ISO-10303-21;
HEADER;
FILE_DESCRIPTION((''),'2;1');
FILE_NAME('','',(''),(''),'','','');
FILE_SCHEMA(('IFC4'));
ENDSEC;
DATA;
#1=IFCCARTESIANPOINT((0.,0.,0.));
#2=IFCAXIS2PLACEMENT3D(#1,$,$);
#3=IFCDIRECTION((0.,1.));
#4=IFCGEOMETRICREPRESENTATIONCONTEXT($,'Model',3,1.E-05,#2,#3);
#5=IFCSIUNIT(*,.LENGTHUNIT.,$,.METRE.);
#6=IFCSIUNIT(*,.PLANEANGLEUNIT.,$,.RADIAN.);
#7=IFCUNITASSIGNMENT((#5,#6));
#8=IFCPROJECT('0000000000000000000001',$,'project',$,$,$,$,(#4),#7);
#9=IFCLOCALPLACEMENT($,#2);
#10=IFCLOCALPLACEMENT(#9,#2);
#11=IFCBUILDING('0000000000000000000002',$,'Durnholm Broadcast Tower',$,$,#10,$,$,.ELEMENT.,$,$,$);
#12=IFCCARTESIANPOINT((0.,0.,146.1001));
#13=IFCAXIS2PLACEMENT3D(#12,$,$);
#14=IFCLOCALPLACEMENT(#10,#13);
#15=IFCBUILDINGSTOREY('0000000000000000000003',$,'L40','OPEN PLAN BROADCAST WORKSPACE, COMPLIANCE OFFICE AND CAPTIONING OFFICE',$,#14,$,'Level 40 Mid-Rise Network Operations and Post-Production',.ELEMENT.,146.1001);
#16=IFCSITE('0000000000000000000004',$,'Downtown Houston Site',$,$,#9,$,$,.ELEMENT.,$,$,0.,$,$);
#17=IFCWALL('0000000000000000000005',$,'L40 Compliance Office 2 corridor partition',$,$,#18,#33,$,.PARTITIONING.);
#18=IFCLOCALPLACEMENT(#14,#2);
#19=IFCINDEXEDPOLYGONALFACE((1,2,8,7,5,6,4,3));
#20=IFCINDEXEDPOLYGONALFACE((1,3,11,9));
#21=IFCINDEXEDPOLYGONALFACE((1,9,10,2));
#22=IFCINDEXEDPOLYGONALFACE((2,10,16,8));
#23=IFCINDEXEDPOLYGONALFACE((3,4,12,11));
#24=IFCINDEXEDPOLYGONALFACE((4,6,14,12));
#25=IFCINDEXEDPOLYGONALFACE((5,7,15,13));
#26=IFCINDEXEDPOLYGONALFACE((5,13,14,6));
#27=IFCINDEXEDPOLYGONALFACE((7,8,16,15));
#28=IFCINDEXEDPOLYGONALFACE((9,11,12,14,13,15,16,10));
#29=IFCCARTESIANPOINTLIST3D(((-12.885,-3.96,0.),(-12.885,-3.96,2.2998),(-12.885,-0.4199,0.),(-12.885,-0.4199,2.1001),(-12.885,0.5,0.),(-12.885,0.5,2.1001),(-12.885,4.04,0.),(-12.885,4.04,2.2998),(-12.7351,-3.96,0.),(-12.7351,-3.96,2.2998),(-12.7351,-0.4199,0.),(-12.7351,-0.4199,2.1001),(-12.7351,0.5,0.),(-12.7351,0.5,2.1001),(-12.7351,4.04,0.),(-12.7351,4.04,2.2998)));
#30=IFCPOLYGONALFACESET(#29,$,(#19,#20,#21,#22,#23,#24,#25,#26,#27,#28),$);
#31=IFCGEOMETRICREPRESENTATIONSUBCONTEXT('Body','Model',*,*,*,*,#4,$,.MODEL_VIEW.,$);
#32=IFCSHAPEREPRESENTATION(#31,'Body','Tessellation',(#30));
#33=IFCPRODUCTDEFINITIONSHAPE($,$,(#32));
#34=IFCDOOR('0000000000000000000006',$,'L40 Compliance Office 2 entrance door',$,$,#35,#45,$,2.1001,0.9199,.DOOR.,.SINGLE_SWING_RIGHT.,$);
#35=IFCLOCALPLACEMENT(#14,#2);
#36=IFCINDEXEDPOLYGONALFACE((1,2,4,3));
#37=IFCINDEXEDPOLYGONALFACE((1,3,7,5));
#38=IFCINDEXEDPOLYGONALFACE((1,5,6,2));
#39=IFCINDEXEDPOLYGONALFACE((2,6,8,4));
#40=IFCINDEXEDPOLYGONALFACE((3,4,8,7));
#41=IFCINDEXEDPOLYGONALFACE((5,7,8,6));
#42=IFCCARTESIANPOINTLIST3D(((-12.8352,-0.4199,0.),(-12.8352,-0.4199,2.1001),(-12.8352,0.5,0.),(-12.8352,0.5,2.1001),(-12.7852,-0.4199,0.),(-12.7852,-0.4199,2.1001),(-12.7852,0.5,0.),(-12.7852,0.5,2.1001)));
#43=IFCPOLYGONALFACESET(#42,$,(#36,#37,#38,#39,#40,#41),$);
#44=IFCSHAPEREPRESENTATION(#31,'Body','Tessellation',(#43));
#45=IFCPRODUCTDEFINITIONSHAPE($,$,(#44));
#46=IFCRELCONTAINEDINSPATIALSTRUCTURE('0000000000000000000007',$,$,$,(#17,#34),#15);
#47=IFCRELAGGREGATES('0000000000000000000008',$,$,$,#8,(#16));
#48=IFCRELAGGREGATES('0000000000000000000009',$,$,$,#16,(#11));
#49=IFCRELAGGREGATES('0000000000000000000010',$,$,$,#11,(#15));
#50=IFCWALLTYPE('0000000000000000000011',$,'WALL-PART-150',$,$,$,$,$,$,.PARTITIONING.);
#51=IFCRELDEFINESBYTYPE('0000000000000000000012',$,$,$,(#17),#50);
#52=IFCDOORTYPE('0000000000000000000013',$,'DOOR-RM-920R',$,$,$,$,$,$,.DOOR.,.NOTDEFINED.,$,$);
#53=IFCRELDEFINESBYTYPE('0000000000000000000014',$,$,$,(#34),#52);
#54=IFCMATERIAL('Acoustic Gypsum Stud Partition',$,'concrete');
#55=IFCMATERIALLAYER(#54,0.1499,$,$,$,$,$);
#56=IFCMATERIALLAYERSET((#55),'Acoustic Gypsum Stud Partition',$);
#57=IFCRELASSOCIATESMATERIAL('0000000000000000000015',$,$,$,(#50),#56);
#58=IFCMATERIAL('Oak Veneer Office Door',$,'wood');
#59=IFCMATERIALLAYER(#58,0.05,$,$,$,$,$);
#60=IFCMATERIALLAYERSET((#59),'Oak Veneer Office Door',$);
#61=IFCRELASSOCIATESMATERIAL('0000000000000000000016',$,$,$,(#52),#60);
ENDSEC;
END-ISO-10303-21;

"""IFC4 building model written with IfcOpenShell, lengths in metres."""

from ifc_helpers import new_model, si_unit, direction, frame, frame_2d, origin, place, context, subcontext, project, spatial, rectangle, extrude, source, transform, mapped, material, layer, layer_set, type_object, type_shapes, element, fill, save


model = new_model("IFC4")

# Units and contexts
model_context = context("Model", 3, precision=1e-05, world=origin(), true_north=direction((0.0, 1.0)))
body_context = subcontext(model_context, "Body", "Model", "MODEL_VIEW")
ifc_project = project(units=[si_unit("LENGTHUNIT", "METRE"), si_unit("PLANEANGLEUNIT", "RADIAN")], contexts=[model_context])

# Site, building, storey
site_placement = place(None, origin())
site = spatial("IfcSite", under=ifc_project, at=site_placement, Name="Downtown Houston Site", CompositionType="ELEMENT", RefElevation=0.0)
building_placement = place(site_placement, origin())
building = spatial("IfcBuilding", under=site, at=building_placement, Name="Durnholm Broadcast Tower", CompositionType="ELEMENT")
storey_placement = place(building_placement, frame((0.0, 0.0, 146.1001)))
storey = spatial("IfcBuildingStorey", under=building, at=storey_placement, Name="L40", Description="OPEN PLAN BROADCAST WORKSPACE, COMPLIANCE OFFICE AND CAPTIONING OFFICE", LongName="Level 40 Mid-Rise Network Operations and Post-Production", CompositionType="ELEMENT", Elevation=146.1001)

# Wall, opening, door
ifc_material_1 = material(Name="Acoustic Gypsum Stud Partition", Category="concrete")
ifc_layer_1 = layer(ifc_material_1, 0.1499)
ifc_layer_set_1 = layer_set([ifc_layer_1], Name="Acoustic Gypsum Stud Partition")
wall_type_1 = type_object("IfcWallType", Name="WALL-PART-150", PredefinedType="PARTITIONING", material=ifc_layer_set_1)
wall_1_placement = place(storey_placement, frame((-12.8101, 4.04, 0.0), z_axis=(0.0, 0.0, 1.0), x_axis=(0.0, -1.0, 0.0)))
wall_1 = element("IfcWall", 1, at=wall_1_placement, inside=storey, type_object=wall_type_1, Name="L40 Compliance Office 2 corridor partition", PredefinedType="PARTITIONING", context=body_context, shape_type="SweptSolid", body=[
    extrude(rectangle(XDim=8.0, YDim=0.1499, at=frame_2d((4.0, 0.0))), origin(), (0.0, 0.0, 1.0), 2.2998),
])
opening_placement = place(wall_1_placement, frame((3.54, 0.0, 0.0)))
opening = element("IfcOpeningElement", 2, at=opening_placement, cuts=wall_1, PredefinedType="OPENING", context=body_context, shape_type="SweptSolid", body=[
    extrude(rectangle(XDim=0.9199, YDim=2.1001, at=frame_2d((0.46, 1.05))), frame((0.0, 0.085, 0.0), z_axis=(0.0, -1.0, 0.0), x_axis=(1.0, 0.0, 0.0)), (0.0, 0.0, 1.0), 0.1699),
])
ifc_material_2 = material(Name="Oak Veneer Office Door", Category="wood")
ifc_layer_2 = layer(ifc_material_2, 0.05)
ifc_layer_set_2 = layer_set([ifc_layer_2], Name="Oak Veneer Office Door")
door_type = type_object("IfcDoorType", Name="DOOR-RM-920R", OperationType="NOTDEFINED", PredefinedType="DOOR", material=ifc_layer_set_2)
shared_shape_1 = source(origin(), body_context, "Body", "SweptSolid", [
    extrude(rectangle(XDim=0.9199, YDim=2.1001, at=frame_2d((0.46, 1.05))), frame((0.0, 0.0249, 0.0), z_axis=(0.0, -1.0, 0.0), x_axis=(1.0, 0.0, 0.0)), (0.0, 0.0, 1.0), 0.05),
])
type_shapes(door_type, [shared_shape_1])
door_placement = place(opening_placement, origin())
door = element("IfcDoor", 3, at=door_placement, inside=storey, type_object=door_type, Name="L40 Compliance Office 2 entrance door", OperationType="SINGLE_SWING_RIGHT", OverallHeight=2.1001, OverallWidth=0.9199, PredefinedType="DOOR", context=body_context, shape_type="MappedRepresentation", body=[
    mapped(shared_shape_1, transform((0.0, 0.0, 0.0), x_axis=(1.0, 0.0, 0.0), y_axis=(0.0, 1.0, 0.0), z_axis=(0.0, 0.0, 1.0), scale=1.0)),
])
fill(opening, door)

save(model, "model.ifc")
